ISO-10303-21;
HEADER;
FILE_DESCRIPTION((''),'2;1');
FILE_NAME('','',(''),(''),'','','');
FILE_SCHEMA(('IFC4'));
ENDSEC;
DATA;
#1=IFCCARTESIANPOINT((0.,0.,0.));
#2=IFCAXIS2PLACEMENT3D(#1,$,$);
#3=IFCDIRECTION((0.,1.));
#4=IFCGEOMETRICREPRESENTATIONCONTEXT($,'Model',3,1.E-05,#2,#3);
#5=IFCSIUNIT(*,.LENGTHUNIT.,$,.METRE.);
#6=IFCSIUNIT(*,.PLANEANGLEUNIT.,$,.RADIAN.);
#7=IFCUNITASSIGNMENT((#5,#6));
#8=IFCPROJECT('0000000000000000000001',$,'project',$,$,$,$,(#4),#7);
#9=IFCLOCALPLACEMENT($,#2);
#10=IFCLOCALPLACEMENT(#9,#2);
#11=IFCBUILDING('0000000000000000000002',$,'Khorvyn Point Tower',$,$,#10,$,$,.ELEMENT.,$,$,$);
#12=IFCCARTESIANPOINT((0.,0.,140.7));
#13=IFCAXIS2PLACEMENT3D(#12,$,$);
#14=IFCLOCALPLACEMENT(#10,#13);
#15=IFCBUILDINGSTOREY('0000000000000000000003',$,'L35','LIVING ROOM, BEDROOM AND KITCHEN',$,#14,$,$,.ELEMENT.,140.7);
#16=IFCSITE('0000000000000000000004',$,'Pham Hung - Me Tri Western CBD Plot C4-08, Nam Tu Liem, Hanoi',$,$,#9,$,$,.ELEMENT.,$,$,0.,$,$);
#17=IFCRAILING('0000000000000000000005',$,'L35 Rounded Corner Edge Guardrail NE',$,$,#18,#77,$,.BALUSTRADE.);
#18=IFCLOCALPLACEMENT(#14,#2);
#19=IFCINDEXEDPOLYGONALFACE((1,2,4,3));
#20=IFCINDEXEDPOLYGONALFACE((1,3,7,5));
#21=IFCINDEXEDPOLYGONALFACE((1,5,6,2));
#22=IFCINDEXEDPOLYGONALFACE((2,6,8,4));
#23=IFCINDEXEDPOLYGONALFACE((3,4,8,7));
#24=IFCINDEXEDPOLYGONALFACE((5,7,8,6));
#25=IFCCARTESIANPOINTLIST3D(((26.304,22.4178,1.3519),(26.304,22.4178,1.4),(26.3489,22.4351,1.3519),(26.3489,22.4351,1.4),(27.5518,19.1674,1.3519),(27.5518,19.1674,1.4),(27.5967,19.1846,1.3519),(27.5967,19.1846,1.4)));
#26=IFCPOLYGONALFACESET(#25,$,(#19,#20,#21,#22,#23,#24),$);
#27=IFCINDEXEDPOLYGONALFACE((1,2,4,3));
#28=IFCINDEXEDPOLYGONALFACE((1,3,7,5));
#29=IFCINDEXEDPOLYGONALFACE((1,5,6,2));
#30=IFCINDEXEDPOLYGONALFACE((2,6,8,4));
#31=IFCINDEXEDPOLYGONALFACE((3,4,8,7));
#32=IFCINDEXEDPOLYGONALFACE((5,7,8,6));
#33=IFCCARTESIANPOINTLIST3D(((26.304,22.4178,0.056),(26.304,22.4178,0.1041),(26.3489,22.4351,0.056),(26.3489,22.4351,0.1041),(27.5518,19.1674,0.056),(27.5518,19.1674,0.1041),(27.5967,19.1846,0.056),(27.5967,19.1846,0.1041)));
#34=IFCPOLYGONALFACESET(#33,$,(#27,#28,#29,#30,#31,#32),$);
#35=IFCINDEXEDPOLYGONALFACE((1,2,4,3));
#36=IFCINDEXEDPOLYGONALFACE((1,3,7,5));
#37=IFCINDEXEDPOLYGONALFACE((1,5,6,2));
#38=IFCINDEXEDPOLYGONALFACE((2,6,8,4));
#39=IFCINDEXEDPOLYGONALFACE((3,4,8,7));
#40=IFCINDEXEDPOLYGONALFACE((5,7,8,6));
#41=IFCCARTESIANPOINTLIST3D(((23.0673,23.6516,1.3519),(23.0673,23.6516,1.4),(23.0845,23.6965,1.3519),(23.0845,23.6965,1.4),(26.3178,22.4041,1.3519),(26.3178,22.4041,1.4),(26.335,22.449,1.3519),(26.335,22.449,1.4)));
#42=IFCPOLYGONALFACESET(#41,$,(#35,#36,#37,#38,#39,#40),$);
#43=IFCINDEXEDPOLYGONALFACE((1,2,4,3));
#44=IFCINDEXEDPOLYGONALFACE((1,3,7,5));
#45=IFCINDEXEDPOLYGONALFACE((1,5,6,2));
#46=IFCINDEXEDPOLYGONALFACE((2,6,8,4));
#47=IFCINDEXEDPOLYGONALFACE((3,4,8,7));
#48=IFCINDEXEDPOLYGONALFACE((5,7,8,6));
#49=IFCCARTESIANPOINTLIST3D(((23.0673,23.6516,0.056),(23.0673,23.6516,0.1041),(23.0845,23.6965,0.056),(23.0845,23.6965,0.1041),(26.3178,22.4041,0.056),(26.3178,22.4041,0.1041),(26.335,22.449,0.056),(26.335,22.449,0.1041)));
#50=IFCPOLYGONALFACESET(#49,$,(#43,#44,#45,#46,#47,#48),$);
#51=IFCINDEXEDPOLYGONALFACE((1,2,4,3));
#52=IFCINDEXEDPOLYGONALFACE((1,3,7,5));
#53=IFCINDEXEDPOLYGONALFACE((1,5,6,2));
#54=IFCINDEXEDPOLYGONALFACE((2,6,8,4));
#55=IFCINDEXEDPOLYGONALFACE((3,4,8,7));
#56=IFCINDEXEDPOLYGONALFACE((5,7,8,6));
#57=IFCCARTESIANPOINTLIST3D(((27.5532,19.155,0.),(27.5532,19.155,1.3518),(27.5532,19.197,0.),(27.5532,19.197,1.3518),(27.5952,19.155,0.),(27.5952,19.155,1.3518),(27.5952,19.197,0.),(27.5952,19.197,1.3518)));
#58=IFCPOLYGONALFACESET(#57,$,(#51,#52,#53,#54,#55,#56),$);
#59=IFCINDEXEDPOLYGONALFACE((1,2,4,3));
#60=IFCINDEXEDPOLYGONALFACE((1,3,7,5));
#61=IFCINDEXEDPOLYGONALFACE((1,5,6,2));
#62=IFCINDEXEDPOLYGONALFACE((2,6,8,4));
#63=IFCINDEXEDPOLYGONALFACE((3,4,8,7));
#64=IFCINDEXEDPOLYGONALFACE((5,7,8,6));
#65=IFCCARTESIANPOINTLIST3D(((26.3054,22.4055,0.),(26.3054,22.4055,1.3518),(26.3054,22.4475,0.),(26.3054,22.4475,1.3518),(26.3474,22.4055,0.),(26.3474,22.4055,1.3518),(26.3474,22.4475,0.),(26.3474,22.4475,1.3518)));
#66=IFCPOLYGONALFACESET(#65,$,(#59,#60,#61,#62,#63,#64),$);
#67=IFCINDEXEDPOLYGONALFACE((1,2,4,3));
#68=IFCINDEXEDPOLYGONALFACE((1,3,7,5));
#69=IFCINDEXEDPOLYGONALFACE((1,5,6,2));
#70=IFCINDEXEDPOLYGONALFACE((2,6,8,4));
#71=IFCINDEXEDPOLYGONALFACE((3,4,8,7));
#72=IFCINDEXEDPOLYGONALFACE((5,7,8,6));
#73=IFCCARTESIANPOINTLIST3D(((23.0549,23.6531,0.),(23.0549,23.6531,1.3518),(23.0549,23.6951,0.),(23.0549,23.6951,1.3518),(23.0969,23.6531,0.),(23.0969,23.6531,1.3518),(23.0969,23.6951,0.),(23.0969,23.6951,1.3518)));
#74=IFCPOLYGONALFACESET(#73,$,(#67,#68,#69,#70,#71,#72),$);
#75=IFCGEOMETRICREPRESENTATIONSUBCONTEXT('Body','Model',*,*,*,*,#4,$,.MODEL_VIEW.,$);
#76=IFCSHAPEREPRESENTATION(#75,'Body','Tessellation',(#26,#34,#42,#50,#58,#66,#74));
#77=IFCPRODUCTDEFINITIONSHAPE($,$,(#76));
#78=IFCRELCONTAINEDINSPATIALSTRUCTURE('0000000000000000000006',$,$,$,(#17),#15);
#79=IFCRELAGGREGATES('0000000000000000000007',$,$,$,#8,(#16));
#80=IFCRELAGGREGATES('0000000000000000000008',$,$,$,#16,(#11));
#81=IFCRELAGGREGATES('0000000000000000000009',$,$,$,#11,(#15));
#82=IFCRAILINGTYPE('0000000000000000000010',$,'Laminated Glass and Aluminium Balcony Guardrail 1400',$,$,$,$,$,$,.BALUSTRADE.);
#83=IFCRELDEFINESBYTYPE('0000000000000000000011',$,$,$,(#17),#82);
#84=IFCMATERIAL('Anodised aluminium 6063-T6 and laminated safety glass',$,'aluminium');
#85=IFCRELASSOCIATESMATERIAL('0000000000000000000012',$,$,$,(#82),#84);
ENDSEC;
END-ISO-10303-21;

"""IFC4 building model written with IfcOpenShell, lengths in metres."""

from ifc_helpers import new_model, si_unit, direction, frame, origin, origin_2d, place, context, subcontext, project, spatial, rectangle, extrude, material, type_object, element, save


model = new_model("IFC4")

# Units and contexts
model_context = context("Model", 3, precision=1e-05, world=origin(), true_north=direction((0.0, 1.0)))
body_context = subcontext(model_context, "Body", "Model", "MODEL_VIEW")
ifc_project = project(units=[si_unit("LENGTHUNIT", "METRE"), si_unit("PLANEANGLEUNIT", "RADIAN")], contexts=[model_context])

# Site, building, storey
site_placement = place(None, origin())
site = spatial("IfcSite", under=ifc_project, at=site_placement, Name="Pham Hung - Me Tri Western CBD Plot C4-08, Nam Tu Liem, Hanoi", CompositionType="ELEMENT", RefElevation=0.0)
building_placement = place(site_placement, origin())
building = spatial("IfcBuilding", under=site, at=building_placement, Name="Khorvyn Point Tower", CompositionType="ELEMENT")
storey_placement = place(building_placement, frame((0.0, 0.0, 140.7)))
storey = spatial("IfcBuildingStorey", under=building, at=storey_placement, Name="L35", Description="LIVING ROOM, BEDROOM AND KITCHEN", CompositionType="ELEMENT", Elevation=140.7)

# Railing
ifc_material_1 = material(Name="Anodised aluminium 6063-T6 and laminated safety glass", Category="aluminium")
railing_type = type_object("IfcRailingType", Name="Laminated Glass and Aluminium Balcony Guardrail 1400", PredefinedType="BALUSTRADE", material=ifc_material_1)
railing_1_placement = place(storey_placement, frame((27.5742, 19.176, 0.0)))
element("IfcRailing", 1, at=railing_1_placement, inside=storey, type_object=railing_type, Name="L35 Rounded Corner Edge Guardrail NE", PredefinedType="BALUSTRADE", context=body_context, shape_type="SweptSolid", body=[
    extrude(rectangle(XDim=0.0481, YDim=0.0481, at=origin_2d()), frame((0.0, 0.0, 1.376), z_axis=(-0.358382, 0.933575, 0.0), x_axis=(-0.933575, -0.358382, 0.0)), (0.0, 0.0, 1.0), 3.4817),
    extrude(rectangle(XDim=0.0481, YDim=0.0481, at=origin_2d()), frame((0.0, 0.0, 0.0801), z_axis=(-0.358382, 0.933575, 0.0), x_axis=(-0.933575, -0.358382, 0.0)), (0.0, 0.0, 1.0), 3.4817),
    extrude(rectangle(XDim=0.0481, YDim=0.0481, at=origin_2d()), frame((-1.2478, 3.2505, 1.376), z_axis=(-0.933598, 0.358321, 0.0), x_axis=(-0.358321, -0.933598, 0.0)), (0.0, 0.0, 1.0), 3.4817),
    extrude(rectangle(XDim=0.0481, YDim=0.0481, at=origin_2d()), frame((-1.2478, 3.2505, 0.0801), z_axis=(-0.933598, 0.358321, 0.0), x_axis=(-0.358321, -0.933598, 0.0)), (0.0, 0.0, 1.0), 3.4817),
    extrude(rectangle(XDim=0.042, YDim=0.042, at=origin_2d()), origin(), (0.0, 0.0, 1.0), 1.3518),
    extrude(rectangle(XDim=0.042, YDim=0.042, at=origin_2d()), frame((-1.2478, 3.2505, 0.0)), (0.0, 0.0, 1.0), 1.3518),
    extrude(rectangle(XDim=0.042, YDim=0.042, at=origin_2d()), frame((-4.4983, 4.498, 0.0)), (0.0, 0.0, 1.0), 1.3518),
])

save(model, "model.ifc")
